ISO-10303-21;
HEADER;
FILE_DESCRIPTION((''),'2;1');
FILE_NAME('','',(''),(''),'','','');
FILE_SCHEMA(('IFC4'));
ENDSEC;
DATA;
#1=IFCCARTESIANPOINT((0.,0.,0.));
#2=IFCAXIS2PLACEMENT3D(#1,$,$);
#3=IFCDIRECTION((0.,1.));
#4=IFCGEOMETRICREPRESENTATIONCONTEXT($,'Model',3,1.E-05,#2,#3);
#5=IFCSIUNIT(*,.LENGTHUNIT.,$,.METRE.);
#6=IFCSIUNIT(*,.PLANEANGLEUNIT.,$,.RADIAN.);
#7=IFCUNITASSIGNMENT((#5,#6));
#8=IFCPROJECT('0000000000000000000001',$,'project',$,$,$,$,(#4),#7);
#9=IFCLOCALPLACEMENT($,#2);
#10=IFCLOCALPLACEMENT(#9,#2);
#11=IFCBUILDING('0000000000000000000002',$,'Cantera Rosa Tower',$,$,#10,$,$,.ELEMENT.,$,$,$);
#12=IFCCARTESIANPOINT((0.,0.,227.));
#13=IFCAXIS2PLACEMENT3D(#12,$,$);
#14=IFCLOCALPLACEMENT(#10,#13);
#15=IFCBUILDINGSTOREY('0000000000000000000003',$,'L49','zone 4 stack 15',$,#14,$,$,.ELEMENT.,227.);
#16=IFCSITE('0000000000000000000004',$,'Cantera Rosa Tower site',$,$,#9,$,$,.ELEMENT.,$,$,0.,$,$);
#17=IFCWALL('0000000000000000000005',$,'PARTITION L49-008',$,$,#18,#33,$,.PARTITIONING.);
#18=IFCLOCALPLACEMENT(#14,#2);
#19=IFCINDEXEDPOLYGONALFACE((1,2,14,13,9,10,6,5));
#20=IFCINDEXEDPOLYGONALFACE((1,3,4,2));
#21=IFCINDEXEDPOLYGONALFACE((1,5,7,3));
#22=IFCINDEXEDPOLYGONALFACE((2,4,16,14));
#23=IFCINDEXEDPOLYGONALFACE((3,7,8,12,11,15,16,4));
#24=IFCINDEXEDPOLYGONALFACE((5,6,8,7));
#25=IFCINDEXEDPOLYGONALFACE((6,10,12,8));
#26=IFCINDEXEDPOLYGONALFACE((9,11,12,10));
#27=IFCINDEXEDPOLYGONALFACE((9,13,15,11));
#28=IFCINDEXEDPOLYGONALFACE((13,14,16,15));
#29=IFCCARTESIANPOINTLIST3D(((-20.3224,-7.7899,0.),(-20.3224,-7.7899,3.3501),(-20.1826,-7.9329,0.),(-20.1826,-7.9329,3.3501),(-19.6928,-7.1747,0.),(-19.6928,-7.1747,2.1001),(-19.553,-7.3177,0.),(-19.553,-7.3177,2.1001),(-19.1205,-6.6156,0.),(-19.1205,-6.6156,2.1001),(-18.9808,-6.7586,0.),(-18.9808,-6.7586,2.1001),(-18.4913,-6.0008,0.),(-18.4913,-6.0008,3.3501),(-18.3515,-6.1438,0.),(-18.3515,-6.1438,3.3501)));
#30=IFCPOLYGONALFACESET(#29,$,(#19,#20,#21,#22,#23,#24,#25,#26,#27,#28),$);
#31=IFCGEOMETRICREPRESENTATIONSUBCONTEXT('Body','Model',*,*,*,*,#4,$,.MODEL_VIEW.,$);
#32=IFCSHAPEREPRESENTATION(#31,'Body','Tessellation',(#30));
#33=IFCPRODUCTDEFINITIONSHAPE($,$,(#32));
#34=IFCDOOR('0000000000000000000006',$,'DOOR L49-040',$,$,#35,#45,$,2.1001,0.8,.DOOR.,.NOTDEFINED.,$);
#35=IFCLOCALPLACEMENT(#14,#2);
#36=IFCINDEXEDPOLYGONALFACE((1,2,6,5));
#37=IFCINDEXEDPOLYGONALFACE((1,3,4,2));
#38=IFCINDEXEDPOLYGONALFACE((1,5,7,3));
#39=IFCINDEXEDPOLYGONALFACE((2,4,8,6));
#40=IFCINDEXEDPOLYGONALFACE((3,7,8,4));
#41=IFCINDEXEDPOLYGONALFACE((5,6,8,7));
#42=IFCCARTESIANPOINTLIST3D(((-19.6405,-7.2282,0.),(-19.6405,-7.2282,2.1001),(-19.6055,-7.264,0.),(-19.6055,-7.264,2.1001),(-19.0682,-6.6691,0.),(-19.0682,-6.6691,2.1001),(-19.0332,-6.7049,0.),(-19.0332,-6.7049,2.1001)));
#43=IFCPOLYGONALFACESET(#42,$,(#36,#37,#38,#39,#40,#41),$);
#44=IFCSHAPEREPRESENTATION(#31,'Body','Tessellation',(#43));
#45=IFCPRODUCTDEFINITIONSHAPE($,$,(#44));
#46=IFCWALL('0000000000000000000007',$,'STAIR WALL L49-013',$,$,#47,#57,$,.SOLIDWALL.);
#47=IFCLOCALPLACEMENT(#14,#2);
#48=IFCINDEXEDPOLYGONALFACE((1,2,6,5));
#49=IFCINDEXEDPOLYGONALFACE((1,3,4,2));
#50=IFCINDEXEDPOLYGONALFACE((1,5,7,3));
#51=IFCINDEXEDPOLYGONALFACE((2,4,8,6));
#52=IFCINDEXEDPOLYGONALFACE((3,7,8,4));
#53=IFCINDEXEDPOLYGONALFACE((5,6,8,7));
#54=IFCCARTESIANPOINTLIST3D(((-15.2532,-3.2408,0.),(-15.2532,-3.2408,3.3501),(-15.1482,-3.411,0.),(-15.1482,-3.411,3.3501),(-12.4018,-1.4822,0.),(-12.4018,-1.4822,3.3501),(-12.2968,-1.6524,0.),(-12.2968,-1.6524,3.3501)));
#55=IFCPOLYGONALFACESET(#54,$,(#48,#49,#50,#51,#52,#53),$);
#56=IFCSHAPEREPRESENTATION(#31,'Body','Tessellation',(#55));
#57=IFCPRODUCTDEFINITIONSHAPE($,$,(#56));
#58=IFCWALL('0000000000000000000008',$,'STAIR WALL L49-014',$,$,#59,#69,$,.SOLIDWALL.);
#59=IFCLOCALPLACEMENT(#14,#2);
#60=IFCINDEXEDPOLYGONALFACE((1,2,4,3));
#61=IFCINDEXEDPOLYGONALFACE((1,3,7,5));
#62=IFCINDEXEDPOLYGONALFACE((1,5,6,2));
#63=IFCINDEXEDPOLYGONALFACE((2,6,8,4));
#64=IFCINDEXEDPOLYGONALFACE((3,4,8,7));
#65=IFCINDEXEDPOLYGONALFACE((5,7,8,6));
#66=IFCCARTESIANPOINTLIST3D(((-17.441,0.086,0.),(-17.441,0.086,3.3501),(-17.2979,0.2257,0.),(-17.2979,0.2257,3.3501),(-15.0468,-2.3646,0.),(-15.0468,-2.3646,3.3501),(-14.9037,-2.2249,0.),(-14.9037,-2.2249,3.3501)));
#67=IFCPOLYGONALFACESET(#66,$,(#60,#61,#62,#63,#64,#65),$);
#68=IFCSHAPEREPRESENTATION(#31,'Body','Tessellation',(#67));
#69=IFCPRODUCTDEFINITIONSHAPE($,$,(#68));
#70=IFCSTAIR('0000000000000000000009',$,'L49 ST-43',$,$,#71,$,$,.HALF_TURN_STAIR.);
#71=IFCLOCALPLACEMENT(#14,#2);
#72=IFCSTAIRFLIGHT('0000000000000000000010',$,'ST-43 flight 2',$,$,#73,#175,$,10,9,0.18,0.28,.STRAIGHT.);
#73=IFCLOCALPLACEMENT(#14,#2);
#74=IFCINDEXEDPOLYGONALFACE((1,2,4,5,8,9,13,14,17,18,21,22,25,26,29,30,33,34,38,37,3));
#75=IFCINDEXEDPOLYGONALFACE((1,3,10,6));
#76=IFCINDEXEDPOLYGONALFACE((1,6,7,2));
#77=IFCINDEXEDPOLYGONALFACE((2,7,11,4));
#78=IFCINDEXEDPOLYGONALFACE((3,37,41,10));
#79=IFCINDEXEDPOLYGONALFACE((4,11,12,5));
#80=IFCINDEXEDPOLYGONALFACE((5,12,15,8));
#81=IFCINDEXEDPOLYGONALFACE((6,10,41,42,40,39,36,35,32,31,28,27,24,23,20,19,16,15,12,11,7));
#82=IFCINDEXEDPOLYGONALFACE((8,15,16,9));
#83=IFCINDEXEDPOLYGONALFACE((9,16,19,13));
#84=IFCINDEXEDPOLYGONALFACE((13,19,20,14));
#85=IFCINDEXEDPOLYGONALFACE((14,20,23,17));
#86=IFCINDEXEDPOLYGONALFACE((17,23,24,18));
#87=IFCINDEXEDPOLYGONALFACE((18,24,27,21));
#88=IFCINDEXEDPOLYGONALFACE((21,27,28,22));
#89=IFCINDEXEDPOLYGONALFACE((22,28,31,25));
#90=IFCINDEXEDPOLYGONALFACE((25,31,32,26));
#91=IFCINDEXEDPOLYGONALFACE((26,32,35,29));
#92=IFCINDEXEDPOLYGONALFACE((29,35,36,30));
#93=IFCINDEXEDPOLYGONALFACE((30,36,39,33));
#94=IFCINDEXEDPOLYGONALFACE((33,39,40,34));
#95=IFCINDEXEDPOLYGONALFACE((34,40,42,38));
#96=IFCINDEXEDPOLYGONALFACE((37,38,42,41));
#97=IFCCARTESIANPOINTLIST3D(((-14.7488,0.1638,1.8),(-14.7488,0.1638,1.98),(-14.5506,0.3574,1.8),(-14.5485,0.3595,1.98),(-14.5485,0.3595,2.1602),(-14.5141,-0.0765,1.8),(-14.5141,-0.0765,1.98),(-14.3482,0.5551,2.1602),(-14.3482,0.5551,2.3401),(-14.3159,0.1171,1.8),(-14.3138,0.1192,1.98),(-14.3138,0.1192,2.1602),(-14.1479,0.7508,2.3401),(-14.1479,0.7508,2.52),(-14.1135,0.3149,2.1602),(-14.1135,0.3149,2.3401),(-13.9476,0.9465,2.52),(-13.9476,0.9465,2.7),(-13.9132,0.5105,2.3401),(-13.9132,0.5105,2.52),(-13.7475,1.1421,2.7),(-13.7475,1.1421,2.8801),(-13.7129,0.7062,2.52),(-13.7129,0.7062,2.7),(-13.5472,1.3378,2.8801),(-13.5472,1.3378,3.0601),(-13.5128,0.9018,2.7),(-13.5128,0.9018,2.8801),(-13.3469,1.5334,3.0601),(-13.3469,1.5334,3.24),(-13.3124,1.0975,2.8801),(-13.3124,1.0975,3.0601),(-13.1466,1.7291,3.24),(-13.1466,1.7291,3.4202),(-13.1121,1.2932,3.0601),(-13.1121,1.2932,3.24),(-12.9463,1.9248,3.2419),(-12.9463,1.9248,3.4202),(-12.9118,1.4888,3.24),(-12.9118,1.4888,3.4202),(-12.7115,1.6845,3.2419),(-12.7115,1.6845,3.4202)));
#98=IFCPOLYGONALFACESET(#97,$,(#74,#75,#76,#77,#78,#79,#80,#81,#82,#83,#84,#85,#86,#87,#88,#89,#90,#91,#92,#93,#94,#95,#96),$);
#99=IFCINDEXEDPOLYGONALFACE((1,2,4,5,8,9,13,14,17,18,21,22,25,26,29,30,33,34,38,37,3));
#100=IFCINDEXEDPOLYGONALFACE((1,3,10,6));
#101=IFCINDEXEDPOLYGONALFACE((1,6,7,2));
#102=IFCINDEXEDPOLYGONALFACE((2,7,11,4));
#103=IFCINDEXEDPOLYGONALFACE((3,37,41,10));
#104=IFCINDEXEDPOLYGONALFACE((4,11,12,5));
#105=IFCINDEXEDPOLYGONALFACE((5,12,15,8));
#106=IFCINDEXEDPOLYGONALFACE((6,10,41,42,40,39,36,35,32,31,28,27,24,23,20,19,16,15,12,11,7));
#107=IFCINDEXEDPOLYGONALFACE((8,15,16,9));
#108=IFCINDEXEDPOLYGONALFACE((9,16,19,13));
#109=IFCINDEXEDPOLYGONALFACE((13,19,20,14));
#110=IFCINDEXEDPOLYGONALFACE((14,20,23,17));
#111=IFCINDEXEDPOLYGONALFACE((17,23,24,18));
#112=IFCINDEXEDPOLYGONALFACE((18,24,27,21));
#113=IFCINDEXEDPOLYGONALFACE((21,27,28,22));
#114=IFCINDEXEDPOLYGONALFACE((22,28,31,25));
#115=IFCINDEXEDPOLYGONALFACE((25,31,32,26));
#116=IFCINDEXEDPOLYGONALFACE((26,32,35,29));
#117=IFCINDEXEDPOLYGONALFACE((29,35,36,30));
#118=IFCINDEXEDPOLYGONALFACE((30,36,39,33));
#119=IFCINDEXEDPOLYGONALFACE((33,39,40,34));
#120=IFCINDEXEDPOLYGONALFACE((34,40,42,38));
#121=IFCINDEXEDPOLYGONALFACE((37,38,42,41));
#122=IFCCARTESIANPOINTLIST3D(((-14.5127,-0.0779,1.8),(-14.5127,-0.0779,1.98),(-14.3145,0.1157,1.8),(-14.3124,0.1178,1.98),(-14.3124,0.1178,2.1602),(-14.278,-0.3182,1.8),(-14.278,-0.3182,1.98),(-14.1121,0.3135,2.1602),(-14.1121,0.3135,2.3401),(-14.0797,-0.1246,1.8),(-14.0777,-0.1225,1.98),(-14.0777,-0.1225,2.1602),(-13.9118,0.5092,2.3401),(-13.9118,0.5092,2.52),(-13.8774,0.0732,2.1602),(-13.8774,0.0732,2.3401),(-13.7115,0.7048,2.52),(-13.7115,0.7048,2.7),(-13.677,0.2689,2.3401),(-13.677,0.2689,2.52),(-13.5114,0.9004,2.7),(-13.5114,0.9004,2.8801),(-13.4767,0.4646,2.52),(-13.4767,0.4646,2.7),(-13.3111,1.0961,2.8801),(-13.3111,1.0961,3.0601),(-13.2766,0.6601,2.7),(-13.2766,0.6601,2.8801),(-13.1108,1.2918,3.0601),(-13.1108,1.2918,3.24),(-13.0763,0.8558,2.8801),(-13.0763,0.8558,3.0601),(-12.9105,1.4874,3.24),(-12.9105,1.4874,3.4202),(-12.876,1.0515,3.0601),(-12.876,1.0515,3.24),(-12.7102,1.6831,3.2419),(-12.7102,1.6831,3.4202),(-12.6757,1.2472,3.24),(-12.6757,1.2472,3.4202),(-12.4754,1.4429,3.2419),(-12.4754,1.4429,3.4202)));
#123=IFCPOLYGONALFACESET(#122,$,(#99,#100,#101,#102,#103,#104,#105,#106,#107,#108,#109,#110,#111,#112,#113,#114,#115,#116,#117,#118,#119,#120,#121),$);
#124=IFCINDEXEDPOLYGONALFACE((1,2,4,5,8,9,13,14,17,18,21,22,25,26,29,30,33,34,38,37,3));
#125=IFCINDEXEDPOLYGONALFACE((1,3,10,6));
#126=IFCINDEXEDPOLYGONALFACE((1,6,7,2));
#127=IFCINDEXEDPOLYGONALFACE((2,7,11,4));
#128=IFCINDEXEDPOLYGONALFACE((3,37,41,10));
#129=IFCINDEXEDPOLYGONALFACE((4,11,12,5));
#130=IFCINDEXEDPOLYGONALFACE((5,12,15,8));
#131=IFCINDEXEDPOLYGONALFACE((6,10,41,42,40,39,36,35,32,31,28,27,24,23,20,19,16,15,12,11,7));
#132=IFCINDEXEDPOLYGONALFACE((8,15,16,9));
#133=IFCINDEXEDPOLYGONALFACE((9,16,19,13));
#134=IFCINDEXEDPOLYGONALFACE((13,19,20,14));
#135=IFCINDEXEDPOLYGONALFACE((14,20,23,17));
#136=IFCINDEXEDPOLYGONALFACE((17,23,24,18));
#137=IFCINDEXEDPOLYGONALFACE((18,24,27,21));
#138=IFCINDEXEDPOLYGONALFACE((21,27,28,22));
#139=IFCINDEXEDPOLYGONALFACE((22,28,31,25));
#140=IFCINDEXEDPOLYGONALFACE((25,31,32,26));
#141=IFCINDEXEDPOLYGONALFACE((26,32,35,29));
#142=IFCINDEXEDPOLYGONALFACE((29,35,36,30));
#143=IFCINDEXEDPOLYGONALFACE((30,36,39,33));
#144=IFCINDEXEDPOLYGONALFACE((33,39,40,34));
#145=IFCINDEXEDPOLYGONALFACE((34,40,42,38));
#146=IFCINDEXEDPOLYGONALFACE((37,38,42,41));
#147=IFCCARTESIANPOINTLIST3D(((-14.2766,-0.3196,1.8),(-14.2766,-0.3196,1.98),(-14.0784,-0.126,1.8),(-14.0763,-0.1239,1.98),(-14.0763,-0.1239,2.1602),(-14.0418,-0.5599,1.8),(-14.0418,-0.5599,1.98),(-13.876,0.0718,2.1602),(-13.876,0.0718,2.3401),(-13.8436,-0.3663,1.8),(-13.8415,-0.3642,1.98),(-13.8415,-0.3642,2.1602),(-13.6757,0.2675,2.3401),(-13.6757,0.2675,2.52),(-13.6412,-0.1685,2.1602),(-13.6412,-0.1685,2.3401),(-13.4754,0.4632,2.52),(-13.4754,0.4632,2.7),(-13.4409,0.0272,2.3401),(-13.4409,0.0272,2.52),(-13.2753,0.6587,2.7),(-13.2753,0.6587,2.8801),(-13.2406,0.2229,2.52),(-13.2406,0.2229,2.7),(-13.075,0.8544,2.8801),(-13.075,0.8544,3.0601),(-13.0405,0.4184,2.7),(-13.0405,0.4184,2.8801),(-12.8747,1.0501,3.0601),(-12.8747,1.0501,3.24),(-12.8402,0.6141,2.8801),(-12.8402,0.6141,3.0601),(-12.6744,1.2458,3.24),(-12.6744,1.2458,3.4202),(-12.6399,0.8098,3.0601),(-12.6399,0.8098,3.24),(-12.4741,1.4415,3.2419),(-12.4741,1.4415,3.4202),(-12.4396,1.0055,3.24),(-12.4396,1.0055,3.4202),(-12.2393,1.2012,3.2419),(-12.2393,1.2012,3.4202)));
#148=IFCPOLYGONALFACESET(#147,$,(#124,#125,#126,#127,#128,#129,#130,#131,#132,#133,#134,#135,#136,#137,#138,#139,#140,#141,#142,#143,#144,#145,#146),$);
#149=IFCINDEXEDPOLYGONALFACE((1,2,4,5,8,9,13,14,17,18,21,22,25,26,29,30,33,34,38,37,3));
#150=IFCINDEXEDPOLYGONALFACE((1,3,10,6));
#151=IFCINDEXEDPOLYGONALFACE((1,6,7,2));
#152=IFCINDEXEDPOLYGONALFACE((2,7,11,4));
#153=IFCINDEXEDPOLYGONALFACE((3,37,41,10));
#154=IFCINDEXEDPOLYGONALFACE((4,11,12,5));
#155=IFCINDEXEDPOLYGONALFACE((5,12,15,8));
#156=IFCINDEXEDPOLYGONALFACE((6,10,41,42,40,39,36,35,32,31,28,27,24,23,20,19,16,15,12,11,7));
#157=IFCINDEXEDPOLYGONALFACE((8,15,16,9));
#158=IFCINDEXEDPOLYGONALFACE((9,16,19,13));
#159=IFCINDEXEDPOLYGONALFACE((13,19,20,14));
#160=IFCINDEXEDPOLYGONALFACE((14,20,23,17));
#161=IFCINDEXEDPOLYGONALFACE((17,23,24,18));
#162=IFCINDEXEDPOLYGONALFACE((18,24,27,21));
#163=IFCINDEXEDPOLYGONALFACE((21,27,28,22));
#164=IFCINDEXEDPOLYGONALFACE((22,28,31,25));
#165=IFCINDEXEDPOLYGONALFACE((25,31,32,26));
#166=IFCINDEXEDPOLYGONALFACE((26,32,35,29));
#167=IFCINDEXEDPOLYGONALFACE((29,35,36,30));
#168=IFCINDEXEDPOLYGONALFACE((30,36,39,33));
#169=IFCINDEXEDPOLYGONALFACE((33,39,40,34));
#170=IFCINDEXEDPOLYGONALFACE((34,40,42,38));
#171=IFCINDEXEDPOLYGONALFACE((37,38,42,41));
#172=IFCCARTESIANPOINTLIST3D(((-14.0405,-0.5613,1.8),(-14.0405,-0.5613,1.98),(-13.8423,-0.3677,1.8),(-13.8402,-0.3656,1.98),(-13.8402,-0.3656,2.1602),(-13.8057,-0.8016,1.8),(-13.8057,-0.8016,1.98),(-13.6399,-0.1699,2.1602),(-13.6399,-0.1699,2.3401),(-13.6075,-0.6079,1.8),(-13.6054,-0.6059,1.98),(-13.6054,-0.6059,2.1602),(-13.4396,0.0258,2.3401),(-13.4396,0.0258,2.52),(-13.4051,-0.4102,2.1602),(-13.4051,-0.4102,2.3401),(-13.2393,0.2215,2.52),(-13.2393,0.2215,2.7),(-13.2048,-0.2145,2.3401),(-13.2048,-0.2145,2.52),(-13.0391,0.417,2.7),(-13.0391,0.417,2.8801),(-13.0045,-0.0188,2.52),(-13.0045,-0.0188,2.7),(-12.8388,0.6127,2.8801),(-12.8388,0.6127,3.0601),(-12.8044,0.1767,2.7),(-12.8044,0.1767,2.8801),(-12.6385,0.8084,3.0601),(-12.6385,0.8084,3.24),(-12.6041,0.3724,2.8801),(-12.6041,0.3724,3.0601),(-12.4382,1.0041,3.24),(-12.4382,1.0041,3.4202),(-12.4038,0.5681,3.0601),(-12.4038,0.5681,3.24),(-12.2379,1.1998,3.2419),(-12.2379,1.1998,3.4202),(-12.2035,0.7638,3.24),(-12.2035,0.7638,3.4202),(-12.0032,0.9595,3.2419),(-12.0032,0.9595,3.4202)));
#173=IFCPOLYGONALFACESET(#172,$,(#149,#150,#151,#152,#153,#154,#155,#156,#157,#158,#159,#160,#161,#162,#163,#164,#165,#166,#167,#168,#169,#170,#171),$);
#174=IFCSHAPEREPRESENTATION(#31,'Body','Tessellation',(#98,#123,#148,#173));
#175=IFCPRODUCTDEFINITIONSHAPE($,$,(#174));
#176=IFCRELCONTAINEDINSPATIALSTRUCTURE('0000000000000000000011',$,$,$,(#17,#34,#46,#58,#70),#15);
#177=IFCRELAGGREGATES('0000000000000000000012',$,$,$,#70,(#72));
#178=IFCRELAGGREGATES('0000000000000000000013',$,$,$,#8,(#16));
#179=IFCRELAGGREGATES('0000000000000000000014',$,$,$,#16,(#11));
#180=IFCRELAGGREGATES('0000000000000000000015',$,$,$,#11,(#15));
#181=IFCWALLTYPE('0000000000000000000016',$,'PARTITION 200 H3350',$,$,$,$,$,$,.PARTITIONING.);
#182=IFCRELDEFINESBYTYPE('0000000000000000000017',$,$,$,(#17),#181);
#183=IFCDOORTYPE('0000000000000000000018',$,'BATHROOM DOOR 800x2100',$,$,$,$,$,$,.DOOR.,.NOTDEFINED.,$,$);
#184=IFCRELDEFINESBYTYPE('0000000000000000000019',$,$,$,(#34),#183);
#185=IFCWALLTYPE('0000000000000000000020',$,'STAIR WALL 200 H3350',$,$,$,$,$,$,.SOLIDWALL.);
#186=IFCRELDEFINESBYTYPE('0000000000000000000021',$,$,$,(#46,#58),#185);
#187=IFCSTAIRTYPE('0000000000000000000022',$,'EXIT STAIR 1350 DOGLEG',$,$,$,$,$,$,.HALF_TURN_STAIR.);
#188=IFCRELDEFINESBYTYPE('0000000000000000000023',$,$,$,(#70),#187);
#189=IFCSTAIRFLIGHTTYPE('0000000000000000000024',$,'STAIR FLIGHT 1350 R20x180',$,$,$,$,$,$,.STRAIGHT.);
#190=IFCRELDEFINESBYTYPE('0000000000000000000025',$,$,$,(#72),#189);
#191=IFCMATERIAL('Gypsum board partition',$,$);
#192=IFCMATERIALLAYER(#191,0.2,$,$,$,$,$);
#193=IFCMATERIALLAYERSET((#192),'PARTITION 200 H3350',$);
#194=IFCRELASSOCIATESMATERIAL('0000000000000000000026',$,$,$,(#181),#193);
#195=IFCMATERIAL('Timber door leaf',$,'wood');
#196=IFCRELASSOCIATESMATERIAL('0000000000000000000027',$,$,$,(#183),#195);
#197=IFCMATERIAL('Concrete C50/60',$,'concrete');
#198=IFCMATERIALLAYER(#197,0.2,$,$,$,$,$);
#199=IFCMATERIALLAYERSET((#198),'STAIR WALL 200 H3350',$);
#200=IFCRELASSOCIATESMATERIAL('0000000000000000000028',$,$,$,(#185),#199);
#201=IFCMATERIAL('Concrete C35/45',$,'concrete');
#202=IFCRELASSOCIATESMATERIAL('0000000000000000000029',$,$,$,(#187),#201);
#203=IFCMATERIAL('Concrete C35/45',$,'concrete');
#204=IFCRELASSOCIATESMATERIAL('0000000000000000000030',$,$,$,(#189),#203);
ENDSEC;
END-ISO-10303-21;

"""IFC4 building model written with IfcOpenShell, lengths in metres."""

from ifc_helpers import new_model, si_unit, direction, frame, frame_2d, origin, place, context, subcontext, project, spatial, polyline, rectangle, outline, extrude, material, layer, layer_set, type_object, element, fill, aggregate, save


model = new_model("IFC4")

# Units and contexts
model_context = context("Model", 3, precision=1e-05, world=origin(), true_north=direction((0.0, 1.0)))
body_context = subcontext(model_context, "Body", "Model", "MODEL_VIEW")
ifc_project = project(units=[si_unit("LENGTHUNIT", "METRE"), si_unit("PLANEANGLEUNIT", "RADIAN")], contexts=[model_context])

# Site, building, storey
site_placement = place(None, origin())
site = spatial("IfcSite", under=ifc_project, at=site_placement, Name="Cantera Rosa Tower site", CompositionType="ELEMENT", RefElevation=0.0)
building_placement = place(site_placement, origin())
building = spatial("IfcBuilding", under=site, at=building_placement, Name="Cantera Rosa Tower", CompositionType="ELEMENT")
storey_placement = place(building_placement, frame((0.0, 0.0, 227.0)))
storey = spatial("IfcBuildingStorey", under=building, at=storey_placement, Name="L49", Description="zone 4 stack 15", CompositionType="ELEMENT", Elevation=227.0)

# Shared definitions
ifc_material_1 = material(Name="Gypsum board partition")
ifc_layer_1 = layer(ifc_material_1, 0.2)
ifc_layer_set_1 = layer_set([ifc_layer_1], Name="PARTITION 200 H3350")
wall_type_1 = type_object("IfcWallType", Name="PARTITION 200 H3350", PredefinedType="PARTITIONING", material=ifc_layer_set_1)

# Wall, opening, door
wall_1_placement = place(storey_placement, frame((-18.4214, -6.0723, 0.0), z_axis=(0.0, 0.0, 1.0), x_axis=(-0.715261, -0.698858, 0.0)))
wall_1 = element("IfcWall", 1, at=wall_1_placement, inside=storey, type_object=wall_type_1, Name="PARTITION L49-008", PredefinedType="PARTITIONING", context=body_context, shape_type="SweptSolid", body=[
    extrude(rectangle(XDim=2.5601, YDim=0.2, at=frame_2d((1.28, 0.0))), origin(), (0.0, 0.0, 1.0), 3.3501),
])
opening_1_placement = place(wall_1_placement, frame((0.8799, 0.0, 0.0)))
opening_1 = element("IfcOpeningElement", 2, at=opening_1_placement, cuts=wall_1, PredefinedType="OPENING", context=body_context, shape_type="SweptSolid", body=[
    extrude(rectangle(XDim=0.8, YDim=2.1001, at=frame_2d((0.3999, 1.05))), frame((0.0, 0.1099, 0.0), z_axis=(0.0, -1.0, 0.0), x_axis=(1.0, 0.0, 0.0)), (0.0, 0.0, 1.0), 0.22),
])
ifc_material_2 = material(Name="Timber door leaf", Category="wood")
door_type_1 = type_object("IfcDoorType", Name="BATHROOM DOOR 800x2100", OperationType="NOTDEFINED", PredefinedType="DOOR", material=ifc_material_2)
door_1_placement = place(opening_1_placement, origin())
door_1 = element("IfcDoor", 3, at=door_1_placement, inside=storey, type_object=door_type_1, Name="DOOR L49-040", OperationType="NOTDEFINED", OverallHeight=2.1001, OverallWidth=0.8, PredefinedType="DOOR", context=body_context, shape_type="SweptSolid", body=[
    extrude(rectangle(XDim=0.8, YDim=2.1001, at=frame_2d((0.3999, 1.05))), frame((0.0, 0.0249, 0.0), z_axis=(0.0, -1.0, 0.0), x_axis=(1.0, 0.0, 0.0)), (0.0, 0.0, 1.0), 0.05),
])
fill(opening_1, door_1)

# Walls
ifc_material_3 = material(Name="Concrete C50/60", Category="concrete")
ifc_layer_2 = layer(ifc_material_3, 0.2)
ifc_layer_set_2 = layer_set([ifc_layer_2], Name="STAIR WALL 200 H3350")
wall_type_2 = type_object("IfcWallType", Name="STAIR WALL 200 H3350", PredefinedType="SOLIDWALL", material=ifc_layer_set_2)
wall_2_placement = place(storey_placement, frame((-15.2007, -3.3259, 0.0), z_axis=(0.0, 0.0, 1.0), x_axis=(0.85114, 0.524939, 0.0)))
element("IfcWall", 4, at=wall_2_placement, inside=storey, type_object=wall_type_2, Name="STAIR WALL L49-013", PredefinedType="SOLIDWALL", context=body_context, shape_type="SweptSolid", body=[
    extrude(rectangle(XDim=3.3501, YDim=0.2, at=frame_2d((1.675, 0.0))), origin(), (0.0, 0.0, 1.0), 3.3501),
])
wall_3_placement = place(storey_placement, frame((-14.9753, -2.2947, 0.0), z_axis=(0.0, 0.0, 1.0), x_axis=(-0.698829, 0.715289, 0.0)))
element("IfcWall", 5, at=wall_3_placement, inside=storey, type_object=wall_type_2, Name="STAIR WALL L49-014", PredefinedType="SOLIDWALL", context=body_context, shape_type="SweptSolid", body=[
    extrude(rectangle(XDim=3.426, YDim=0.2, at=frame_2d((1.7129, 0.0))), origin(), (0.0, 0.0, 1.0), 3.3501),
])

# Stair, stair flight
ifc_material_4 = material(Name="Concrete C35/45", Category="concrete")
stair_type = type_object("IfcStairType", Name="EXIT STAIR 1350 DOGLEG", PredefinedType="HALF_TURN_STAIR", material=ifc_material_4)
stair_placement = place(storey_placement, origin())
stair = element("IfcStair", 6, at=stair_placement, inside=storey, type_object=stair_type, Name="L49 ST-43", PredefinedType="HALF_TURN_STAIR")
ifc_material_5 = material(Name="Concrete C35/45", Category="concrete")
stair_flight_type = type_object("IfcStairFlightType", Name="STAIR FLIGHT 1350 R20x180", PredefinedType="STRAIGHT", material=ifc_material_5)
stair_flight_placement = place(storey_placement, frame((-14.2771, -0.3191, 1.8), z_axis=(0.0, 0.0, 1.0), x_axis=(0.715286, 0.698832, 0.0)))
stair_flight = element("IfcStairFlight", 7, at=stair_flight_placement, type_object=stair_flight_type, Name="ST-43 flight 2", NumberOfRisers=10, NumberOfTreads=9, PredefinedType="STRAIGHT", RiserHeight=0.18, TreadLength=0.28, context=body_context, shape_type="SweptSolid", body=[
    extrude(outline(polyline([(0.0, 0.0), (0.0, 0.1799), (0.28, 0.1799), (0.28, 0.3601), (0.5601, 0.3601), (0.5601, 0.54), (0.8401, 0.54), (0.8401, 0.72), (1.1201, 0.72), (1.1201, 0.8999), (1.3999, 0.8999), (1.3999, 1.0801), (1.6799, 1.0801), (1.6799, 1.26), (1.96, 1.26), (1.96, 1.4399), (2.24, 1.4399), (2.24, 1.6201), (2.52, 1.6201), (2.52, 1.8), (2.52, 1.4419), (0.2771, 0.0), (0.0, 0.0)])), frame((0.0, 0.675, 0.0), z_axis=(0.0, -1.0, 0.0), x_axis=(1.0, 0.0, 0.0)), (0.0, 0.0, 1.0), 0.3359),
    extrude(outline(polyline([(0.0, 0.0), (0.0, 0.1799), (0.28, 0.1799), (0.28, 0.3601), (0.5601, 0.3601), (0.5601, 0.54), (0.8401, 0.54), (0.8401, 0.72), (1.1201, 0.72), (1.1201, 0.8999), (1.3999, 0.8999), (1.3999, 1.0801), (1.6799, 1.0801), (1.6799, 1.26), (1.96, 1.26), (1.96, 1.4399), (2.24, 1.4399), (2.24, 1.6201), (2.52, 1.6201), (2.52, 1.8), (2.52, 1.4419), (0.2771, 0.0), (0.0, 0.0)])), frame((0.0, 0.3372, 0.0), z_axis=(0.0, -1.0, 0.0), x_axis=(1.0, 0.0, 0.0)), (0.0, 0.0, 1.0), 0.3359),
    extrude(outline(polyline([(0.0, 0.0), (0.0, 0.1799), (0.28, 0.1799), (0.28, 0.3601), (0.5601, 0.3601), (0.5601, 0.54), (0.8401, 0.54), (0.8401, 0.72), (1.1201, 0.72), (1.1201, 0.8999), (1.3999, 0.8999), (1.3999, 1.0801), (1.6799, 1.0801), (1.6799, 1.26), (1.96, 1.26), (1.96, 1.4399), (2.24, 1.4399), (2.24, 1.6201), (2.52, 1.6201), (2.52, 1.8), (2.52, 1.4419), (0.2771, 0.0), (0.0, 0.0)])), frame((0.0, -0.0007, 0.0), z_axis=(0.0, -1.0, 0.0), x_axis=(1.0, 0.0, 0.0)), (0.0, 0.0, 1.0), 0.3359),
    extrude(outline(polyline([(0.0, 0.0), (0.0, 0.1799), (0.28, 0.1799), (0.28, 0.3601), (0.5601, 0.3601), (0.5601, 0.54), (0.8401, 0.54), (0.8401, 0.72), (1.1201, 0.72), (1.1201, 0.8999), (1.3999, 0.8999), (1.3999, 1.0801), (1.6799, 1.0801), (1.6799, 1.26), (1.96, 1.26), (1.96, 1.4399), (2.24, 1.4399), (2.24, 1.6201), (2.52, 1.6201), (2.52, 1.8), (2.52, 1.4419), (0.2771, 0.0), (0.0, 0.0)])), frame((0.0, -0.3386, 0.0), z_axis=(0.0, -1.0, 0.0), x_axis=(1.0, 0.0, 0.0)), (0.0, 0.0, 1.0), 0.3359),
])
aggregate(stair, [stair_flight])

save(model, "model.ifc")
